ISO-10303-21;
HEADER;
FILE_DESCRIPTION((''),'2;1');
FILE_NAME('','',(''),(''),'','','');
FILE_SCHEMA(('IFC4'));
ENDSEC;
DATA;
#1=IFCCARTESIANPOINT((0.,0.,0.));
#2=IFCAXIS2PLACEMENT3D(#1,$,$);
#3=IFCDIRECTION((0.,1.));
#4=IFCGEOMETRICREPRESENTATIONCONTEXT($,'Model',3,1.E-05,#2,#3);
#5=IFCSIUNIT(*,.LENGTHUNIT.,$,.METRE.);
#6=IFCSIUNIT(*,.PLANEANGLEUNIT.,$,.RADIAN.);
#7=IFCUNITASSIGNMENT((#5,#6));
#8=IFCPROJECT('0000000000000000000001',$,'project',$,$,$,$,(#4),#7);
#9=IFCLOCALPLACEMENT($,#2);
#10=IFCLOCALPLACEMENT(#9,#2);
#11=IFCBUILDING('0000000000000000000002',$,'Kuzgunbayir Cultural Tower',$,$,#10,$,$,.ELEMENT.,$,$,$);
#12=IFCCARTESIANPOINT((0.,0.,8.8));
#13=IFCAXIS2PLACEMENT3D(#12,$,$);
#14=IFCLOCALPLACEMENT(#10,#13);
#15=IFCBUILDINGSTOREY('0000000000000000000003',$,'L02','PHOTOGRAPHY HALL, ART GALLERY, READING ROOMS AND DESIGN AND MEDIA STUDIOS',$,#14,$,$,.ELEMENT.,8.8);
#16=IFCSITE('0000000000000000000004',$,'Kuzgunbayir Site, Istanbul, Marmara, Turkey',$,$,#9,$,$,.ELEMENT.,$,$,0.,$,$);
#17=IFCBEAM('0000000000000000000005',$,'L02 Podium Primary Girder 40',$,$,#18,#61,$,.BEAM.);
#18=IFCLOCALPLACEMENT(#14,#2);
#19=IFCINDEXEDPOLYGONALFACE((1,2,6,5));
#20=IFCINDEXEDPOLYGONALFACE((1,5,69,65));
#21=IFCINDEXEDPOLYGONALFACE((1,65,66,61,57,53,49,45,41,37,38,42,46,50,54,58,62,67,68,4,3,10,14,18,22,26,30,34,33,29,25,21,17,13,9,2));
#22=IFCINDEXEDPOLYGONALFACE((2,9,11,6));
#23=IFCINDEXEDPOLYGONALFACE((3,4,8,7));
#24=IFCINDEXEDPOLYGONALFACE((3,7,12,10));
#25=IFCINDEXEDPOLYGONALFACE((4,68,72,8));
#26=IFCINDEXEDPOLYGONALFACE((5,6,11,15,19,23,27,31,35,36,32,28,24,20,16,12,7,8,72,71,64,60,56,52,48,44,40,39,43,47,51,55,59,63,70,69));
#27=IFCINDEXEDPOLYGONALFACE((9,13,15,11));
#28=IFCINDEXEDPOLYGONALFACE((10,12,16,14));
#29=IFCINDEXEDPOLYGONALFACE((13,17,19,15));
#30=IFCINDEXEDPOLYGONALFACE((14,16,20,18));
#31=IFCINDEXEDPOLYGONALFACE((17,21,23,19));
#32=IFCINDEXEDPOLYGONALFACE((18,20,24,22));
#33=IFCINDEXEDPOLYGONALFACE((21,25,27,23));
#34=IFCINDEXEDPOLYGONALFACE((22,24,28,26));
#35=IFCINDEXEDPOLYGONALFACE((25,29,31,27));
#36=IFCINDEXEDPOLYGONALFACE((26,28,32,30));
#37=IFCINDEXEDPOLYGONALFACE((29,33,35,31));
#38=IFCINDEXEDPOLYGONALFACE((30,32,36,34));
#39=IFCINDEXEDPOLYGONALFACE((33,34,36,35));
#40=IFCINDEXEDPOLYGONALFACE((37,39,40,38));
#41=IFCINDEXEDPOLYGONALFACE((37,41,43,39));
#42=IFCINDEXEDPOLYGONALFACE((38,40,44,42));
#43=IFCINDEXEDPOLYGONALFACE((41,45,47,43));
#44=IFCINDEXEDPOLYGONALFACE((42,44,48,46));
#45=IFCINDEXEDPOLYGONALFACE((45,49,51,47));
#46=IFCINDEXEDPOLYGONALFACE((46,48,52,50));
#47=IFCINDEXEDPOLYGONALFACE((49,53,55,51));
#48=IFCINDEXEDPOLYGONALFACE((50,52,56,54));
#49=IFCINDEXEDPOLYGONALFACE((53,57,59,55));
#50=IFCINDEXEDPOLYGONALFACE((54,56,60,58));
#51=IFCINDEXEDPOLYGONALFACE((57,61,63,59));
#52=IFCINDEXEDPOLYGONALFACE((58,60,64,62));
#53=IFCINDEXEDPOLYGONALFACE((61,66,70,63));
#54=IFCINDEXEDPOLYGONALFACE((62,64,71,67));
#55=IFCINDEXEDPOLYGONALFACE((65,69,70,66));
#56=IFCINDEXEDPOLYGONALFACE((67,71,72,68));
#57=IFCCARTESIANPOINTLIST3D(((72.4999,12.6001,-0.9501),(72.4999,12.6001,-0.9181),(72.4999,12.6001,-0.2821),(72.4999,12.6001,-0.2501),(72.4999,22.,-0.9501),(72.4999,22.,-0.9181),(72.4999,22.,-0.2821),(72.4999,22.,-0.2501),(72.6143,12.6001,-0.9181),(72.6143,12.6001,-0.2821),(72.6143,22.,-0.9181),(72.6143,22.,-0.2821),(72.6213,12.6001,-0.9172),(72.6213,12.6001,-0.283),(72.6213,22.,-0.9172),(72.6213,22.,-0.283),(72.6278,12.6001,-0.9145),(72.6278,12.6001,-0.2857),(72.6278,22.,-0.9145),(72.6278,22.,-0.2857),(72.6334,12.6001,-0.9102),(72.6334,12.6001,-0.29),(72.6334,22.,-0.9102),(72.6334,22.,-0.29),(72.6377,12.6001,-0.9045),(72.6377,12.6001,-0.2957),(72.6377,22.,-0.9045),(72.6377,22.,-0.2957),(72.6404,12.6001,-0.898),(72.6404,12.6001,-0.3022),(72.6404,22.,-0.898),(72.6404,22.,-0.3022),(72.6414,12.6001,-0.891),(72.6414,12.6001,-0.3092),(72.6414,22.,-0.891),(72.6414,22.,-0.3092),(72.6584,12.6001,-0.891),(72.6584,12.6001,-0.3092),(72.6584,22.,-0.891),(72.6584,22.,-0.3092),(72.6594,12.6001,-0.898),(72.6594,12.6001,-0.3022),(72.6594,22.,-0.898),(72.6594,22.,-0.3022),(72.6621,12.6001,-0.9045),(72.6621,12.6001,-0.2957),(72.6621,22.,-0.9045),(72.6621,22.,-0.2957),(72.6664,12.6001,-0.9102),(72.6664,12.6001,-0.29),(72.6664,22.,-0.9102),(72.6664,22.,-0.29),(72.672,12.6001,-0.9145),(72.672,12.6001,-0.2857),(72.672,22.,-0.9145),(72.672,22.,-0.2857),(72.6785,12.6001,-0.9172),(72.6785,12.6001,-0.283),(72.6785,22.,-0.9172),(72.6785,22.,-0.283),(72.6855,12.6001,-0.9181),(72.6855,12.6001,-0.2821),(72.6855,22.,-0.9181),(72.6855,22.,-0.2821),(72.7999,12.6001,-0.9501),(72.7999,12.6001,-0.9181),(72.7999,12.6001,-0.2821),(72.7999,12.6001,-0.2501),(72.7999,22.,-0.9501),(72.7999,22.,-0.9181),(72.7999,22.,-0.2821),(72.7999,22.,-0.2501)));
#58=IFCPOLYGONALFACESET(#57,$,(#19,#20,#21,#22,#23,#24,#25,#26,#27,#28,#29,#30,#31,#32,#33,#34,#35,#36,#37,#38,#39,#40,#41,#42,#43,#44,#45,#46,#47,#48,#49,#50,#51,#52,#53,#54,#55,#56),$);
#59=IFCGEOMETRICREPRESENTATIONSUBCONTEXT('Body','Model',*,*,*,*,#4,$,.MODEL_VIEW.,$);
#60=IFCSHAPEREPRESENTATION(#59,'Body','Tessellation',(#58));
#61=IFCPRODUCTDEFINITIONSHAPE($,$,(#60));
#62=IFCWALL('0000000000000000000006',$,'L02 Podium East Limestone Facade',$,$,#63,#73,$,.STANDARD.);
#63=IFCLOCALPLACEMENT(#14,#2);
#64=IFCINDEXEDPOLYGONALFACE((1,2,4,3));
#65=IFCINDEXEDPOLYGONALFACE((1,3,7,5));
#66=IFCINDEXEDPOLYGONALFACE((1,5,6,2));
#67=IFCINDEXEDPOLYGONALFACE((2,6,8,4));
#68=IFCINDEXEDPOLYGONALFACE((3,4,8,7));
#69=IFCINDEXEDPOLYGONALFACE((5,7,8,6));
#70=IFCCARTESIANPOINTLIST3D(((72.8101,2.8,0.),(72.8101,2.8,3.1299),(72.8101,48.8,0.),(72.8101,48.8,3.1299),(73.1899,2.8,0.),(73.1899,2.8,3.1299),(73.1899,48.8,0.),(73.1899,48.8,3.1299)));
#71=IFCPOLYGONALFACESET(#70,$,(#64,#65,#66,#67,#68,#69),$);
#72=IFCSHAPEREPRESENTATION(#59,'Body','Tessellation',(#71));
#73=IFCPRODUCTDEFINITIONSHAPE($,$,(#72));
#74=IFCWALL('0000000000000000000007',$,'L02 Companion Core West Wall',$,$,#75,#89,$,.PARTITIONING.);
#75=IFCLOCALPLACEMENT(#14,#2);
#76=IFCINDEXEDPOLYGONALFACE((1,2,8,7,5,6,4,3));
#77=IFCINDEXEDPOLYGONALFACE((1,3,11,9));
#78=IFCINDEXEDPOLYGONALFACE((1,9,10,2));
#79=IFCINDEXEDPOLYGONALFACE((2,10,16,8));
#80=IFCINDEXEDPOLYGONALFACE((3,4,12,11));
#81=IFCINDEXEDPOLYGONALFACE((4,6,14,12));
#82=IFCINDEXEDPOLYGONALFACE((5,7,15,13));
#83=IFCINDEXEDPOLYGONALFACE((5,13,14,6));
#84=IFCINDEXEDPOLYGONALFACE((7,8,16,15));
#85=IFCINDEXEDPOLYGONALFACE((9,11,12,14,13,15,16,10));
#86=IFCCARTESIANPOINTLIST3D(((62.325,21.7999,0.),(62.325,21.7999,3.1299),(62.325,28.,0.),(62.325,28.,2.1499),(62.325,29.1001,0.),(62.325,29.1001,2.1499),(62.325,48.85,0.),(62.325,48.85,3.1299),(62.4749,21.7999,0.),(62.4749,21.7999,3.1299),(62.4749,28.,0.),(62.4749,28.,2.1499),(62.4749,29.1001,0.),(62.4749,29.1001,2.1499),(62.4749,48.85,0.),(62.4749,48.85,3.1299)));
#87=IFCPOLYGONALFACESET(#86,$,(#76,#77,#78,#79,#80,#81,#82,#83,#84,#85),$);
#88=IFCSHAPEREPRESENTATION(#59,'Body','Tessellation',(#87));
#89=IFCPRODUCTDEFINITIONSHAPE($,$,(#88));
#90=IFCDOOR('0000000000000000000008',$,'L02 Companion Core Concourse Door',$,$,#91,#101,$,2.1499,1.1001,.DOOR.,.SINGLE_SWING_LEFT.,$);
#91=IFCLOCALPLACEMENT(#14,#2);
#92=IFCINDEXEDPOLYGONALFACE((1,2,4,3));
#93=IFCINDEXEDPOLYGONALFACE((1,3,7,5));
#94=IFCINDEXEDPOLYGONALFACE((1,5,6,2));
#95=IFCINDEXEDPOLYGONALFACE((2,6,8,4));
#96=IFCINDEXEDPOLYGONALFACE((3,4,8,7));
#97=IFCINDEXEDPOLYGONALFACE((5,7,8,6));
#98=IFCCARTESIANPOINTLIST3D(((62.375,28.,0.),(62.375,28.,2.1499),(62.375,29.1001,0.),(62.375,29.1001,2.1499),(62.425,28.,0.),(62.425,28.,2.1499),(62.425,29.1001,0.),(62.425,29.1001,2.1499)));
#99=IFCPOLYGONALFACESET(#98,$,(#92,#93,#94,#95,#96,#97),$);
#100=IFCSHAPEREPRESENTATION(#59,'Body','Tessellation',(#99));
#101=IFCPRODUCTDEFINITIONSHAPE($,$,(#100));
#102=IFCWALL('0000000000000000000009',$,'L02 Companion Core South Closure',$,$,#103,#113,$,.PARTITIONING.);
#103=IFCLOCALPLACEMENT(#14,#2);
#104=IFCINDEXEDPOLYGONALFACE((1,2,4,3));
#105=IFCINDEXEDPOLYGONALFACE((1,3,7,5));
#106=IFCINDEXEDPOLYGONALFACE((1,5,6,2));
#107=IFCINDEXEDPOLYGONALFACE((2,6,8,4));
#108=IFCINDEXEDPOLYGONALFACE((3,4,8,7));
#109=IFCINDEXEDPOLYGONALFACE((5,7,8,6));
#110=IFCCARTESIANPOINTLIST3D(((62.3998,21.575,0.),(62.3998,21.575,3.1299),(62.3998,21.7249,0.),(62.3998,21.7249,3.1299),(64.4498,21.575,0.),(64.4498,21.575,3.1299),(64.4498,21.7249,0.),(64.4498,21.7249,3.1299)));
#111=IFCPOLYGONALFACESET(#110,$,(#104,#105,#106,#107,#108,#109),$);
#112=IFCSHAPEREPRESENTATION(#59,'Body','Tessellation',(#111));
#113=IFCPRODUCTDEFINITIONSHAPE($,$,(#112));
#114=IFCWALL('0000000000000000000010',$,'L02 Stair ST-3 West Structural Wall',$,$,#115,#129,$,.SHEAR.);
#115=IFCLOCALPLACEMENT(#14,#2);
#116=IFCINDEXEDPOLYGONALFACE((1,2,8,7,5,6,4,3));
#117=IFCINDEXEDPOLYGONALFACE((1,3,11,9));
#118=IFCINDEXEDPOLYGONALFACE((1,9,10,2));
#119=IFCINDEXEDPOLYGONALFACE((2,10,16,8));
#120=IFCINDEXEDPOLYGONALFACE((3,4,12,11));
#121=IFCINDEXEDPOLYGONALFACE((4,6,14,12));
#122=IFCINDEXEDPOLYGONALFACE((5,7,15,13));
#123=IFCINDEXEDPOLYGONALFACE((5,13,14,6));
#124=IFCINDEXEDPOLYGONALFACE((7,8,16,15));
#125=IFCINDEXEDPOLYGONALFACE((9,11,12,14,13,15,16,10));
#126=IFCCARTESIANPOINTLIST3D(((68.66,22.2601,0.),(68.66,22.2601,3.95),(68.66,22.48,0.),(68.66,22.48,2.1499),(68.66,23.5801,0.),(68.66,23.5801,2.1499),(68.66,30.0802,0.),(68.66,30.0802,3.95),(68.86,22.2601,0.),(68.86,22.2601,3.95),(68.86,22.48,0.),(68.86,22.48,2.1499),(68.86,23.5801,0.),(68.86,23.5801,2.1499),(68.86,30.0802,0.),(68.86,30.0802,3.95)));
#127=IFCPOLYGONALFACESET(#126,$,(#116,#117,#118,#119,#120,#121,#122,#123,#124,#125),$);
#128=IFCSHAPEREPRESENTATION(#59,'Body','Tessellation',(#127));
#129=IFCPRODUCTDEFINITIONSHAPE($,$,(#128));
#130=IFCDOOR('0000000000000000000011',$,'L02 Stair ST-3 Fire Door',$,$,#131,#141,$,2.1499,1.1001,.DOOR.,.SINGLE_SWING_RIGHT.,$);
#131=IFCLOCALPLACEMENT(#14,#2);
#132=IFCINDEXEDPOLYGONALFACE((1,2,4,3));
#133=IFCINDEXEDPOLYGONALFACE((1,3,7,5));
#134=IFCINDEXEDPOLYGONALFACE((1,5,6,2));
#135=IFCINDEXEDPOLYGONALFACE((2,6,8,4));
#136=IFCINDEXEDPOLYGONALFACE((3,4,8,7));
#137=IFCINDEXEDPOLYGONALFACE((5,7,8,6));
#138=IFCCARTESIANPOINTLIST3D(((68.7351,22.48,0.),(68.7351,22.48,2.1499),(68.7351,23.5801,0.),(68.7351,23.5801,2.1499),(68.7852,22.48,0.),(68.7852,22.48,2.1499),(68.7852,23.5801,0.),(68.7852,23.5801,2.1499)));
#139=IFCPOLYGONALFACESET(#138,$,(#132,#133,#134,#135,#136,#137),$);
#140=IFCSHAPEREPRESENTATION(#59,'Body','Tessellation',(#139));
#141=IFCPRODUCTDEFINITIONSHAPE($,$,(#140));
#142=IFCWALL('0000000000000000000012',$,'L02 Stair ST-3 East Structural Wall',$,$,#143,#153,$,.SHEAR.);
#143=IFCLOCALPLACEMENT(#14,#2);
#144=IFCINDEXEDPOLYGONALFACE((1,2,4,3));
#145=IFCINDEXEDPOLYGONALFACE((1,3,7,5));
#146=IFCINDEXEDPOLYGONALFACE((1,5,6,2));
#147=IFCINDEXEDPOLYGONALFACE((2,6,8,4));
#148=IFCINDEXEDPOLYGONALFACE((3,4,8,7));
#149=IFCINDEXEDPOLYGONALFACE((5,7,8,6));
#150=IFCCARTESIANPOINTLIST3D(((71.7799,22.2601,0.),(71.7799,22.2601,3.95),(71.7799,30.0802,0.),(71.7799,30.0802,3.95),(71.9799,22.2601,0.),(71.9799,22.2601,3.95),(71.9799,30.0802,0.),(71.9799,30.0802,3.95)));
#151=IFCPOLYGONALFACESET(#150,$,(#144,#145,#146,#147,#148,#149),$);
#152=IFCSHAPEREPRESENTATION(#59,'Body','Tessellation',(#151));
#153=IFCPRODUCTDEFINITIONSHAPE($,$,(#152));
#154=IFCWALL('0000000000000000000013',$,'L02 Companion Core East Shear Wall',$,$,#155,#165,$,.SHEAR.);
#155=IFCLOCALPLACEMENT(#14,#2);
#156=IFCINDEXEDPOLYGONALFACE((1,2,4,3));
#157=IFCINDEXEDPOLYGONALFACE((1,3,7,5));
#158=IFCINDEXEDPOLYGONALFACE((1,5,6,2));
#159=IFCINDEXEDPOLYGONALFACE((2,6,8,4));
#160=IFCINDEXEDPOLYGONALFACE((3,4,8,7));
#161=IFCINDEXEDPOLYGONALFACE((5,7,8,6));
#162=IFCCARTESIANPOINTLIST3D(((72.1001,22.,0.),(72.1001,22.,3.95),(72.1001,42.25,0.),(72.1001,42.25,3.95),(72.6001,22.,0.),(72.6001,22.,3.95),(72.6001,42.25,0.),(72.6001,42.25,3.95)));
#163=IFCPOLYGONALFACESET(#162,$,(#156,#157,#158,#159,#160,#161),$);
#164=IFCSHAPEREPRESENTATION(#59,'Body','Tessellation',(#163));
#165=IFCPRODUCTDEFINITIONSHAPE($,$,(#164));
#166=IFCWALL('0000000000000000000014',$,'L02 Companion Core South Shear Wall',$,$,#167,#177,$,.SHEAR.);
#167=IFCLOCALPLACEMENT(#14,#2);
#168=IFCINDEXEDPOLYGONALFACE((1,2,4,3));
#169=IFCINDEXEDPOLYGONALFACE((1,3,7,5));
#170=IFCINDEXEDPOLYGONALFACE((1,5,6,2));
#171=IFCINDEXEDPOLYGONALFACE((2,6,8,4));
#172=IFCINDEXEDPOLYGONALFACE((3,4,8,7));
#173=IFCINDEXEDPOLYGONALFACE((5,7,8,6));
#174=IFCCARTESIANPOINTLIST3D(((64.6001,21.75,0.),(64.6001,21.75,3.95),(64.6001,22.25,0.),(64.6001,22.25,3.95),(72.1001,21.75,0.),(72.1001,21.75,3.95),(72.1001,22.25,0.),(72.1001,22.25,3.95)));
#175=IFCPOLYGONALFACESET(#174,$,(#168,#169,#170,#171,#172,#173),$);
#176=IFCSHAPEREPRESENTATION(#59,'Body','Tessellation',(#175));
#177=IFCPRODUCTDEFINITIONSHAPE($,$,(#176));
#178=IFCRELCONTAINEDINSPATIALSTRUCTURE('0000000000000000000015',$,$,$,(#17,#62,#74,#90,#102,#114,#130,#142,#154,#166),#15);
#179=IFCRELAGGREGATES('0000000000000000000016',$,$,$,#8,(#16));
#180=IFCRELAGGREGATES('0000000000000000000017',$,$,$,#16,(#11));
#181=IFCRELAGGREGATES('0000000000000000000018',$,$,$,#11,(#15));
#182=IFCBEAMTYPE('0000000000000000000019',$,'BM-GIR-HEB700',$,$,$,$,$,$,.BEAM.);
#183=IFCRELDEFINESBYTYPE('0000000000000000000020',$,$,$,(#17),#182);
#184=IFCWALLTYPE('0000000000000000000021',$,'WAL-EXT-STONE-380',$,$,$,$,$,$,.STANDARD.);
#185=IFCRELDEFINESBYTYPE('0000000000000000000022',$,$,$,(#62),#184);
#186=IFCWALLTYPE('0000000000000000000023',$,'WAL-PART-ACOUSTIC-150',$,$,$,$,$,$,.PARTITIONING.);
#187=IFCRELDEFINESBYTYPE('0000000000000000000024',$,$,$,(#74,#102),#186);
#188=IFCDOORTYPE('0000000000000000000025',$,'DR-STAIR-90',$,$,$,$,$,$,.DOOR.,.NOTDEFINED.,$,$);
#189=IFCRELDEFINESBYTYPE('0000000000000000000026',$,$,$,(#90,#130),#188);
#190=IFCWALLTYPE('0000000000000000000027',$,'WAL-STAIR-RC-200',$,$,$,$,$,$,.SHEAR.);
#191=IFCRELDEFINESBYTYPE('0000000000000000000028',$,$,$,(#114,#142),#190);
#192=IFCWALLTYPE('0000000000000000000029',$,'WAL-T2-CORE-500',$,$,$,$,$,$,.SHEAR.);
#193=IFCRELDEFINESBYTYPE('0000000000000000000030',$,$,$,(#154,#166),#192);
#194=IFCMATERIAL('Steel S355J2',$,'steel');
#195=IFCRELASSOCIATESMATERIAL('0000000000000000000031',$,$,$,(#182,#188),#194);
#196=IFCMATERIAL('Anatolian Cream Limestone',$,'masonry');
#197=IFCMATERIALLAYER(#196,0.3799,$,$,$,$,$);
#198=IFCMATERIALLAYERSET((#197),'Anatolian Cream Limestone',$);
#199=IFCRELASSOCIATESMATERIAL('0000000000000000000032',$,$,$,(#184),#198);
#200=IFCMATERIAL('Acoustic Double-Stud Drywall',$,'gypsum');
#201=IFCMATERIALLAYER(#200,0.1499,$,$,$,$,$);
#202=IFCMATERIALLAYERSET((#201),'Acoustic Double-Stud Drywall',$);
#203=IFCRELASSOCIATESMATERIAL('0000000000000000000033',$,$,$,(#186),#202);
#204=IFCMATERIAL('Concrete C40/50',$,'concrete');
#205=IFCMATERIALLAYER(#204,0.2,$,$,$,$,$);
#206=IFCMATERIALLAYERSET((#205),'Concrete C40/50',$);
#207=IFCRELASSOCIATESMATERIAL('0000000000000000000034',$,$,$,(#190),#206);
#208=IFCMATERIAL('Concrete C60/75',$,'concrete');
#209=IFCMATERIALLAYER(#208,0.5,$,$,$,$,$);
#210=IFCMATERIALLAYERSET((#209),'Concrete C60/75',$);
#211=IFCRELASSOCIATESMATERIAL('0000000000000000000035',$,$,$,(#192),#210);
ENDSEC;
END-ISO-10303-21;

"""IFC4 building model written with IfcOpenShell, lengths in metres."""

from ifc_helpers import new_model, si_unit, direction, frame, frame_2d, origin, origin_2d, place, context, subcontext, project, spatial, rectangle, i_section, extrude, material, layer, layer_set, material_profile, profile_set, type_object, element, fill, save


model = new_model("IFC4")

# Units and contexts
model_context = context("Model", 3, precision=1e-05, world=origin(), true_north=direction((0.0, 1.0)))
body_context = subcontext(model_context, "Body", "Model", "MODEL_VIEW")
ifc_project = project(units=[si_unit("LENGTHUNIT", "METRE"), si_unit("PLANEANGLEUNIT", "RADIAN")], contexts=[model_context])

# Site, building, storey
site_placement = place(None, origin())
site = spatial("IfcSite", under=ifc_project, at=site_placement, Name="Kuzgunbayir Site, Istanbul, Marmara, Turkey", CompositionType="ELEMENT", RefElevation=0.0)
building_placement = place(site_placement, origin())
building = spatial("IfcBuilding", under=site, at=building_placement, Name="Kuzgunbayir Cultural Tower", CompositionType="ELEMENT")
storey_placement = place(building_placement, frame((0.0, 0.0, 8.8)))
storey = spatial("IfcBuildingStorey", under=building, at=storey_placement, Name="L02", Description="PHOTOGRAPHY HALL, ART GALLERY, READING ROOMS AND DESIGN AND MEDIA STUDIOS", CompositionType="ELEMENT", Elevation=8.8)

# Shared definitions
ifc_material_1 = material(Name="Concrete C60/75", Category="concrete")

# Beam
ifc_material_2 = material(Name="Steel S355J2", Category="steel")
ifc_material_profile_1 = material_profile(ifc_material_2, i_section(OverallWidth=0.3, OverallDepth=0.7, WebThickness=0.0171, FlangeThickness=0.032, FilletRadius=0.0271, at=origin_2d()), Name="HEB 700")
ifc_profile_set_1 = profile_set([ifc_material_profile_1], Name="Steel S355J2")
beam_type = type_object("IfcBeamType", Name="BM-GIR-HEB700", PredefinedType="BEAM", material=ifc_profile_set_1)
beam_1_placement = place(storey_placement, frame((72.6499, 12.6001, -0.6001), z_axis=(0.0, 1.0, 0.0), x_axis=(-1.0, 0.0, 0.0)))
element("IfcBeam", 1, at=beam_1_placement, inside=storey, type_object=beam_type, Name="L02 Podium Primary Girder 40", PredefinedType="BEAM", context=body_context, shape_type="SweptSolid", body=[
    extrude(i_section(OverallWidth=0.3, OverallDepth=0.7, WebThickness=0.0171, FlangeThickness=0.032, FilletRadius=0.0271, at=origin_2d()), origin(), (0.0, 0.0, 1.0), 9.3999),
])

# Wall
ifc_material_3 = material(Name="Anatolian Cream Limestone", Category="masonry")
ifc_layer_1 = layer(ifc_material_3, 0.3799)
ifc_layer_set_1 = layer_set([ifc_layer_1], Name="Anatolian Cream Limestone")
wall_type_1 = type_object("IfcWallType", Name="WAL-EXT-STONE-380", PredefinedType="STANDARD", material=ifc_layer_set_1)
wall_1_placement = place(storey_placement, frame((73.0, 2.8, 0.0), z_axis=(0.0, 0.0, 1.0), x_axis=(0.0, 1.0, 0.0)))
element("IfcWall", 2, at=wall_1_placement, inside=storey, type_object=wall_type_1, Name="L02 Podium East Limestone Facade", PredefinedType="STANDARD", context=body_context, shape_type="SweptSolid", body=[
    extrude(rectangle(XDim=46.0, YDim=0.3799, at=frame_2d((23.0, 0.0))), origin(), (0.0, 0.0, 1.0), 3.1299),
])

# Wall, opening, door
ifc_material_4 = material(Name="Acoustic Double-Stud Drywall", Category="gypsum")
ifc_layer_2 = layer(ifc_material_4, 0.1499)
ifc_layer_set_2 = layer_set([ifc_layer_2], Name="Acoustic Double-Stud Drywall")
wall_type_2 = type_object("IfcWallType", Name="WAL-PART-ACOUSTIC-150", PredefinedType="PARTITIONING", material=ifc_layer_set_2)
wall_2_placement = place(storey_placement, frame((62.3999, 21.8, 0.0), z_axis=(0.0, 0.0, 1.0), x_axis=(0.0, 1.0, 0.0)))
wall_2 = element("IfcWall", 3, at=wall_2_placement, inside=storey, type_object=wall_type_2, Name="L02 Companion Core West Wall", PredefinedType="PARTITIONING", context=body_context, shape_type="SweptSolid", body=[
    extrude(rectangle(XDim=27.05, YDim=0.1499, at=frame_2d((13.5249, 0.0))), origin(), (0.0, 0.0, 1.0), 3.1299),
])
opening_1_placement = place(wall_2_placement, frame((6.2, 0.0, 0.0)))
opening_1 = element("IfcOpeningElement", 4, at=opening_1_placement, cuts=wall_2, PredefinedType="OPENING", context=body_context, shape_type="SweptSolid", body=[
    extrude(rectangle(XDim=1.1001, YDim=2.1499, at=frame_2d((0.55, 1.075))), frame((0.0, 0.085, 0.0), z_axis=(0.0, -1.0, 0.0), x_axis=(1.0, 0.0, 0.0)), (0.0, 0.0, 1.0), 0.1699),
])
door_type = type_object("IfcDoorType", Name="DR-STAIR-90", OperationType="NOTDEFINED", PredefinedType="DOOR", material=ifc_material_2)
door_1_placement = place(opening_1_placement, origin())
door_1 = element("IfcDoor", 5, at=door_1_placement, inside=storey, type_object=door_type, Name="L02 Companion Core Concourse Door", OperationType="SINGLE_SWING_LEFT", OverallHeight=2.1499, OverallWidth=1.1001, PredefinedType="DOOR", context=body_context, shape_type="SweptSolid", body=[
    extrude(rectangle(XDim=1.1001, YDim=2.1499, at=frame_2d((0.55, 1.075))), frame((0.0, 0.0249, 0.0), z_axis=(0.0, -1.0, 0.0), x_axis=(1.0, 0.0, 0.0)), (0.0, 0.0, 1.0), 0.05),
])
fill(opening_1, door_1)

# Wall
wall_3_placement = place(storey_placement, frame((62.3999, 21.6499, 0.0), z_axis=(0.0, 0.0, 1.0), x_axis=(1.0, 0.0, 0.0)))
element("IfcWall", 6, at=wall_3_placement, inside=storey, type_object=wall_type_2, Name="L02 Companion Core South Closure", PredefinedType="PARTITIONING", context=body_context, shape_type="SweptSolid", body=[
    extrude(rectangle(XDim=2.05, YDim=0.1499, at=frame_2d((1.0249, 0.0))), origin(), (0.0, 0.0, 1.0), 3.1299),
])

# Wall, opening, door
ifc_material_5 = material(Name="Concrete C40/50", Category="concrete")
ifc_layer_3 = layer(ifc_material_5, 0.2)
ifc_layer_set_3 = layer_set([ifc_layer_3], Name="Concrete C40/50")
wall_type_3 = type_object("IfcWallType", Name="WAL-STAIR-RC-200", PredefinedType="SHEAR", material=ifc_layer_set_3)
wall_4_placement = place(storey_placement, frame((68.76, 22.26, 0.0), z_axis=(0.0, 0.0, 1.0), x_axis=(0.0, 1.0, 0.0)))
wall_4 = element("IfcWall", 7, at=wall_4_placement, inside=storey, type_object=wall_type_3, Name="L02 Stair ST-3 West Structural Wall", PredefinedType="SHEAR", context=body_context, shape_type="SweptSolid", body=[
    extrude(rectangle(XDim=7.8201, YDim=0.2, at=frame_2d((3.9102, 0.0))), origin(), (0.0, 0.0, 1.0), 3.95),
])
opening_2_placement = place(wall_4_placement, frame((0.22, 0.0, 0.0)))
opening_2 = element("IfcOpeningElement", 8, at=opening_2_placement, cuts=wall_4, PredefinedType="OPENING", context=body_context, shape_type="SweptSolid", body=[
    extrude(rectangle(XDim=1.1001, YDim=2.1499, at=frame_2d((0.55, 1.075))), frame((0.0, 0.1099, 0.0), z_axis=(0.0, -1.0, 0.0), x_axis=(1.0, 0.0, 0.0)), (0.0, 0.0, 1.0), 0.22),
])
door_2_placement = place(opening_2_placement, origin())
door_2 = element("IfcDoor", 9, at=door_2_placement, inside=storey, type_object=door_type, Name="L02 Stair ST-3 Fire Door", OperationType="SINGLE_SWING_RIGHT", OverallHeight=2.1499, OverallWidth=1.1001, PredefinedType="DOOR", context=body_context, shape_type="SweptSolid", body=[
    extrude(rectangle(XDim=1.1001, YDim=2.1499, at=frame_2d((0.55, 1.075))), frame((0.0, 0.0249, 0.0), z_axis=(0.0, -1.0, 0.0), x_axis=(1.0, 0.0, 0.0)), (0.0, 0.0, 1.0), 0.05),
])
fill(opening_2, door_2)

# Walls
wall_5_placement = place(storey_placement, frame((71.8799, 22.26, 0.0), z_axis=(0.0, 0.0, 1.0), x_axis=(0.0, 1.0, 0.0)))
element("IfcWall", 10, at=wall_5_placement, inside=storey, type_object=wall_type_3, Name="L02 Stair ST-3 East Structural Wall", PredefinedType="SHEAR", context=body_context, shape_type="SweptSolid", body=[
    extrude(rectangle(XDim=7.8201, YDim=0.2, at=frame_2d((3.9102, 0.0))), origin(), (0.0, 0.0, 1.0), 3.95),
])
ifc_layer_4 = layer(ifc_material_1, 0.5)
ifc_layer_set_4 = layer_set([ifc_layer_4], Name="Concrete C60/75")
wall_type_4 = type_object("IfcWallType", Name="WAL-T2-CORE-500", PredefinedType="SHEAR", material=ifc_layer_set_4)
wall_6_placement = place(storey_placement, frame((72.3501, 22.0, 0.0), z_axis=(0.0, 0.0, 1.0), x_axis=(0.0, 1.0, 0.0)))
element("IfcWall", 11, at=wall_6_placement, inside=storey, type_object=wall_type_4, Name="L02 Companion Core East Shear Wall", PredefinedType="SHEAR", context=body_context, shape_type="SweptSolid", body=[
    extrude(rectangle(XDim=20.25, YDim=0.5, at=frame_2d((10.125, 0.0))), origin(), (0.0, 0.0, 1.0), 3.95),
])
wall_7_placement = place(storey_placement, frame((64.6001, 22.0, 0.0), z_axis=(0.0, 0.0, 1.0), x_axis=(1.0, 0.0, 0.0)))
element("IfcWall", 12, at=wall_7_placement, inside=storey, type_object=wall_type_4, Name="L02 Companion Core South Shear Wall", PredefinedType="SHEAR", context=body_context, shape_type="SweptSolid", body=[
    extrude(rectangle(XDim=7.5, YDim=0.5, at=frame_2d((3.75, 0.0))), origin(), (0.0, 0.0, 1.0), 3.95),
])

save(model, "model.ifc")
